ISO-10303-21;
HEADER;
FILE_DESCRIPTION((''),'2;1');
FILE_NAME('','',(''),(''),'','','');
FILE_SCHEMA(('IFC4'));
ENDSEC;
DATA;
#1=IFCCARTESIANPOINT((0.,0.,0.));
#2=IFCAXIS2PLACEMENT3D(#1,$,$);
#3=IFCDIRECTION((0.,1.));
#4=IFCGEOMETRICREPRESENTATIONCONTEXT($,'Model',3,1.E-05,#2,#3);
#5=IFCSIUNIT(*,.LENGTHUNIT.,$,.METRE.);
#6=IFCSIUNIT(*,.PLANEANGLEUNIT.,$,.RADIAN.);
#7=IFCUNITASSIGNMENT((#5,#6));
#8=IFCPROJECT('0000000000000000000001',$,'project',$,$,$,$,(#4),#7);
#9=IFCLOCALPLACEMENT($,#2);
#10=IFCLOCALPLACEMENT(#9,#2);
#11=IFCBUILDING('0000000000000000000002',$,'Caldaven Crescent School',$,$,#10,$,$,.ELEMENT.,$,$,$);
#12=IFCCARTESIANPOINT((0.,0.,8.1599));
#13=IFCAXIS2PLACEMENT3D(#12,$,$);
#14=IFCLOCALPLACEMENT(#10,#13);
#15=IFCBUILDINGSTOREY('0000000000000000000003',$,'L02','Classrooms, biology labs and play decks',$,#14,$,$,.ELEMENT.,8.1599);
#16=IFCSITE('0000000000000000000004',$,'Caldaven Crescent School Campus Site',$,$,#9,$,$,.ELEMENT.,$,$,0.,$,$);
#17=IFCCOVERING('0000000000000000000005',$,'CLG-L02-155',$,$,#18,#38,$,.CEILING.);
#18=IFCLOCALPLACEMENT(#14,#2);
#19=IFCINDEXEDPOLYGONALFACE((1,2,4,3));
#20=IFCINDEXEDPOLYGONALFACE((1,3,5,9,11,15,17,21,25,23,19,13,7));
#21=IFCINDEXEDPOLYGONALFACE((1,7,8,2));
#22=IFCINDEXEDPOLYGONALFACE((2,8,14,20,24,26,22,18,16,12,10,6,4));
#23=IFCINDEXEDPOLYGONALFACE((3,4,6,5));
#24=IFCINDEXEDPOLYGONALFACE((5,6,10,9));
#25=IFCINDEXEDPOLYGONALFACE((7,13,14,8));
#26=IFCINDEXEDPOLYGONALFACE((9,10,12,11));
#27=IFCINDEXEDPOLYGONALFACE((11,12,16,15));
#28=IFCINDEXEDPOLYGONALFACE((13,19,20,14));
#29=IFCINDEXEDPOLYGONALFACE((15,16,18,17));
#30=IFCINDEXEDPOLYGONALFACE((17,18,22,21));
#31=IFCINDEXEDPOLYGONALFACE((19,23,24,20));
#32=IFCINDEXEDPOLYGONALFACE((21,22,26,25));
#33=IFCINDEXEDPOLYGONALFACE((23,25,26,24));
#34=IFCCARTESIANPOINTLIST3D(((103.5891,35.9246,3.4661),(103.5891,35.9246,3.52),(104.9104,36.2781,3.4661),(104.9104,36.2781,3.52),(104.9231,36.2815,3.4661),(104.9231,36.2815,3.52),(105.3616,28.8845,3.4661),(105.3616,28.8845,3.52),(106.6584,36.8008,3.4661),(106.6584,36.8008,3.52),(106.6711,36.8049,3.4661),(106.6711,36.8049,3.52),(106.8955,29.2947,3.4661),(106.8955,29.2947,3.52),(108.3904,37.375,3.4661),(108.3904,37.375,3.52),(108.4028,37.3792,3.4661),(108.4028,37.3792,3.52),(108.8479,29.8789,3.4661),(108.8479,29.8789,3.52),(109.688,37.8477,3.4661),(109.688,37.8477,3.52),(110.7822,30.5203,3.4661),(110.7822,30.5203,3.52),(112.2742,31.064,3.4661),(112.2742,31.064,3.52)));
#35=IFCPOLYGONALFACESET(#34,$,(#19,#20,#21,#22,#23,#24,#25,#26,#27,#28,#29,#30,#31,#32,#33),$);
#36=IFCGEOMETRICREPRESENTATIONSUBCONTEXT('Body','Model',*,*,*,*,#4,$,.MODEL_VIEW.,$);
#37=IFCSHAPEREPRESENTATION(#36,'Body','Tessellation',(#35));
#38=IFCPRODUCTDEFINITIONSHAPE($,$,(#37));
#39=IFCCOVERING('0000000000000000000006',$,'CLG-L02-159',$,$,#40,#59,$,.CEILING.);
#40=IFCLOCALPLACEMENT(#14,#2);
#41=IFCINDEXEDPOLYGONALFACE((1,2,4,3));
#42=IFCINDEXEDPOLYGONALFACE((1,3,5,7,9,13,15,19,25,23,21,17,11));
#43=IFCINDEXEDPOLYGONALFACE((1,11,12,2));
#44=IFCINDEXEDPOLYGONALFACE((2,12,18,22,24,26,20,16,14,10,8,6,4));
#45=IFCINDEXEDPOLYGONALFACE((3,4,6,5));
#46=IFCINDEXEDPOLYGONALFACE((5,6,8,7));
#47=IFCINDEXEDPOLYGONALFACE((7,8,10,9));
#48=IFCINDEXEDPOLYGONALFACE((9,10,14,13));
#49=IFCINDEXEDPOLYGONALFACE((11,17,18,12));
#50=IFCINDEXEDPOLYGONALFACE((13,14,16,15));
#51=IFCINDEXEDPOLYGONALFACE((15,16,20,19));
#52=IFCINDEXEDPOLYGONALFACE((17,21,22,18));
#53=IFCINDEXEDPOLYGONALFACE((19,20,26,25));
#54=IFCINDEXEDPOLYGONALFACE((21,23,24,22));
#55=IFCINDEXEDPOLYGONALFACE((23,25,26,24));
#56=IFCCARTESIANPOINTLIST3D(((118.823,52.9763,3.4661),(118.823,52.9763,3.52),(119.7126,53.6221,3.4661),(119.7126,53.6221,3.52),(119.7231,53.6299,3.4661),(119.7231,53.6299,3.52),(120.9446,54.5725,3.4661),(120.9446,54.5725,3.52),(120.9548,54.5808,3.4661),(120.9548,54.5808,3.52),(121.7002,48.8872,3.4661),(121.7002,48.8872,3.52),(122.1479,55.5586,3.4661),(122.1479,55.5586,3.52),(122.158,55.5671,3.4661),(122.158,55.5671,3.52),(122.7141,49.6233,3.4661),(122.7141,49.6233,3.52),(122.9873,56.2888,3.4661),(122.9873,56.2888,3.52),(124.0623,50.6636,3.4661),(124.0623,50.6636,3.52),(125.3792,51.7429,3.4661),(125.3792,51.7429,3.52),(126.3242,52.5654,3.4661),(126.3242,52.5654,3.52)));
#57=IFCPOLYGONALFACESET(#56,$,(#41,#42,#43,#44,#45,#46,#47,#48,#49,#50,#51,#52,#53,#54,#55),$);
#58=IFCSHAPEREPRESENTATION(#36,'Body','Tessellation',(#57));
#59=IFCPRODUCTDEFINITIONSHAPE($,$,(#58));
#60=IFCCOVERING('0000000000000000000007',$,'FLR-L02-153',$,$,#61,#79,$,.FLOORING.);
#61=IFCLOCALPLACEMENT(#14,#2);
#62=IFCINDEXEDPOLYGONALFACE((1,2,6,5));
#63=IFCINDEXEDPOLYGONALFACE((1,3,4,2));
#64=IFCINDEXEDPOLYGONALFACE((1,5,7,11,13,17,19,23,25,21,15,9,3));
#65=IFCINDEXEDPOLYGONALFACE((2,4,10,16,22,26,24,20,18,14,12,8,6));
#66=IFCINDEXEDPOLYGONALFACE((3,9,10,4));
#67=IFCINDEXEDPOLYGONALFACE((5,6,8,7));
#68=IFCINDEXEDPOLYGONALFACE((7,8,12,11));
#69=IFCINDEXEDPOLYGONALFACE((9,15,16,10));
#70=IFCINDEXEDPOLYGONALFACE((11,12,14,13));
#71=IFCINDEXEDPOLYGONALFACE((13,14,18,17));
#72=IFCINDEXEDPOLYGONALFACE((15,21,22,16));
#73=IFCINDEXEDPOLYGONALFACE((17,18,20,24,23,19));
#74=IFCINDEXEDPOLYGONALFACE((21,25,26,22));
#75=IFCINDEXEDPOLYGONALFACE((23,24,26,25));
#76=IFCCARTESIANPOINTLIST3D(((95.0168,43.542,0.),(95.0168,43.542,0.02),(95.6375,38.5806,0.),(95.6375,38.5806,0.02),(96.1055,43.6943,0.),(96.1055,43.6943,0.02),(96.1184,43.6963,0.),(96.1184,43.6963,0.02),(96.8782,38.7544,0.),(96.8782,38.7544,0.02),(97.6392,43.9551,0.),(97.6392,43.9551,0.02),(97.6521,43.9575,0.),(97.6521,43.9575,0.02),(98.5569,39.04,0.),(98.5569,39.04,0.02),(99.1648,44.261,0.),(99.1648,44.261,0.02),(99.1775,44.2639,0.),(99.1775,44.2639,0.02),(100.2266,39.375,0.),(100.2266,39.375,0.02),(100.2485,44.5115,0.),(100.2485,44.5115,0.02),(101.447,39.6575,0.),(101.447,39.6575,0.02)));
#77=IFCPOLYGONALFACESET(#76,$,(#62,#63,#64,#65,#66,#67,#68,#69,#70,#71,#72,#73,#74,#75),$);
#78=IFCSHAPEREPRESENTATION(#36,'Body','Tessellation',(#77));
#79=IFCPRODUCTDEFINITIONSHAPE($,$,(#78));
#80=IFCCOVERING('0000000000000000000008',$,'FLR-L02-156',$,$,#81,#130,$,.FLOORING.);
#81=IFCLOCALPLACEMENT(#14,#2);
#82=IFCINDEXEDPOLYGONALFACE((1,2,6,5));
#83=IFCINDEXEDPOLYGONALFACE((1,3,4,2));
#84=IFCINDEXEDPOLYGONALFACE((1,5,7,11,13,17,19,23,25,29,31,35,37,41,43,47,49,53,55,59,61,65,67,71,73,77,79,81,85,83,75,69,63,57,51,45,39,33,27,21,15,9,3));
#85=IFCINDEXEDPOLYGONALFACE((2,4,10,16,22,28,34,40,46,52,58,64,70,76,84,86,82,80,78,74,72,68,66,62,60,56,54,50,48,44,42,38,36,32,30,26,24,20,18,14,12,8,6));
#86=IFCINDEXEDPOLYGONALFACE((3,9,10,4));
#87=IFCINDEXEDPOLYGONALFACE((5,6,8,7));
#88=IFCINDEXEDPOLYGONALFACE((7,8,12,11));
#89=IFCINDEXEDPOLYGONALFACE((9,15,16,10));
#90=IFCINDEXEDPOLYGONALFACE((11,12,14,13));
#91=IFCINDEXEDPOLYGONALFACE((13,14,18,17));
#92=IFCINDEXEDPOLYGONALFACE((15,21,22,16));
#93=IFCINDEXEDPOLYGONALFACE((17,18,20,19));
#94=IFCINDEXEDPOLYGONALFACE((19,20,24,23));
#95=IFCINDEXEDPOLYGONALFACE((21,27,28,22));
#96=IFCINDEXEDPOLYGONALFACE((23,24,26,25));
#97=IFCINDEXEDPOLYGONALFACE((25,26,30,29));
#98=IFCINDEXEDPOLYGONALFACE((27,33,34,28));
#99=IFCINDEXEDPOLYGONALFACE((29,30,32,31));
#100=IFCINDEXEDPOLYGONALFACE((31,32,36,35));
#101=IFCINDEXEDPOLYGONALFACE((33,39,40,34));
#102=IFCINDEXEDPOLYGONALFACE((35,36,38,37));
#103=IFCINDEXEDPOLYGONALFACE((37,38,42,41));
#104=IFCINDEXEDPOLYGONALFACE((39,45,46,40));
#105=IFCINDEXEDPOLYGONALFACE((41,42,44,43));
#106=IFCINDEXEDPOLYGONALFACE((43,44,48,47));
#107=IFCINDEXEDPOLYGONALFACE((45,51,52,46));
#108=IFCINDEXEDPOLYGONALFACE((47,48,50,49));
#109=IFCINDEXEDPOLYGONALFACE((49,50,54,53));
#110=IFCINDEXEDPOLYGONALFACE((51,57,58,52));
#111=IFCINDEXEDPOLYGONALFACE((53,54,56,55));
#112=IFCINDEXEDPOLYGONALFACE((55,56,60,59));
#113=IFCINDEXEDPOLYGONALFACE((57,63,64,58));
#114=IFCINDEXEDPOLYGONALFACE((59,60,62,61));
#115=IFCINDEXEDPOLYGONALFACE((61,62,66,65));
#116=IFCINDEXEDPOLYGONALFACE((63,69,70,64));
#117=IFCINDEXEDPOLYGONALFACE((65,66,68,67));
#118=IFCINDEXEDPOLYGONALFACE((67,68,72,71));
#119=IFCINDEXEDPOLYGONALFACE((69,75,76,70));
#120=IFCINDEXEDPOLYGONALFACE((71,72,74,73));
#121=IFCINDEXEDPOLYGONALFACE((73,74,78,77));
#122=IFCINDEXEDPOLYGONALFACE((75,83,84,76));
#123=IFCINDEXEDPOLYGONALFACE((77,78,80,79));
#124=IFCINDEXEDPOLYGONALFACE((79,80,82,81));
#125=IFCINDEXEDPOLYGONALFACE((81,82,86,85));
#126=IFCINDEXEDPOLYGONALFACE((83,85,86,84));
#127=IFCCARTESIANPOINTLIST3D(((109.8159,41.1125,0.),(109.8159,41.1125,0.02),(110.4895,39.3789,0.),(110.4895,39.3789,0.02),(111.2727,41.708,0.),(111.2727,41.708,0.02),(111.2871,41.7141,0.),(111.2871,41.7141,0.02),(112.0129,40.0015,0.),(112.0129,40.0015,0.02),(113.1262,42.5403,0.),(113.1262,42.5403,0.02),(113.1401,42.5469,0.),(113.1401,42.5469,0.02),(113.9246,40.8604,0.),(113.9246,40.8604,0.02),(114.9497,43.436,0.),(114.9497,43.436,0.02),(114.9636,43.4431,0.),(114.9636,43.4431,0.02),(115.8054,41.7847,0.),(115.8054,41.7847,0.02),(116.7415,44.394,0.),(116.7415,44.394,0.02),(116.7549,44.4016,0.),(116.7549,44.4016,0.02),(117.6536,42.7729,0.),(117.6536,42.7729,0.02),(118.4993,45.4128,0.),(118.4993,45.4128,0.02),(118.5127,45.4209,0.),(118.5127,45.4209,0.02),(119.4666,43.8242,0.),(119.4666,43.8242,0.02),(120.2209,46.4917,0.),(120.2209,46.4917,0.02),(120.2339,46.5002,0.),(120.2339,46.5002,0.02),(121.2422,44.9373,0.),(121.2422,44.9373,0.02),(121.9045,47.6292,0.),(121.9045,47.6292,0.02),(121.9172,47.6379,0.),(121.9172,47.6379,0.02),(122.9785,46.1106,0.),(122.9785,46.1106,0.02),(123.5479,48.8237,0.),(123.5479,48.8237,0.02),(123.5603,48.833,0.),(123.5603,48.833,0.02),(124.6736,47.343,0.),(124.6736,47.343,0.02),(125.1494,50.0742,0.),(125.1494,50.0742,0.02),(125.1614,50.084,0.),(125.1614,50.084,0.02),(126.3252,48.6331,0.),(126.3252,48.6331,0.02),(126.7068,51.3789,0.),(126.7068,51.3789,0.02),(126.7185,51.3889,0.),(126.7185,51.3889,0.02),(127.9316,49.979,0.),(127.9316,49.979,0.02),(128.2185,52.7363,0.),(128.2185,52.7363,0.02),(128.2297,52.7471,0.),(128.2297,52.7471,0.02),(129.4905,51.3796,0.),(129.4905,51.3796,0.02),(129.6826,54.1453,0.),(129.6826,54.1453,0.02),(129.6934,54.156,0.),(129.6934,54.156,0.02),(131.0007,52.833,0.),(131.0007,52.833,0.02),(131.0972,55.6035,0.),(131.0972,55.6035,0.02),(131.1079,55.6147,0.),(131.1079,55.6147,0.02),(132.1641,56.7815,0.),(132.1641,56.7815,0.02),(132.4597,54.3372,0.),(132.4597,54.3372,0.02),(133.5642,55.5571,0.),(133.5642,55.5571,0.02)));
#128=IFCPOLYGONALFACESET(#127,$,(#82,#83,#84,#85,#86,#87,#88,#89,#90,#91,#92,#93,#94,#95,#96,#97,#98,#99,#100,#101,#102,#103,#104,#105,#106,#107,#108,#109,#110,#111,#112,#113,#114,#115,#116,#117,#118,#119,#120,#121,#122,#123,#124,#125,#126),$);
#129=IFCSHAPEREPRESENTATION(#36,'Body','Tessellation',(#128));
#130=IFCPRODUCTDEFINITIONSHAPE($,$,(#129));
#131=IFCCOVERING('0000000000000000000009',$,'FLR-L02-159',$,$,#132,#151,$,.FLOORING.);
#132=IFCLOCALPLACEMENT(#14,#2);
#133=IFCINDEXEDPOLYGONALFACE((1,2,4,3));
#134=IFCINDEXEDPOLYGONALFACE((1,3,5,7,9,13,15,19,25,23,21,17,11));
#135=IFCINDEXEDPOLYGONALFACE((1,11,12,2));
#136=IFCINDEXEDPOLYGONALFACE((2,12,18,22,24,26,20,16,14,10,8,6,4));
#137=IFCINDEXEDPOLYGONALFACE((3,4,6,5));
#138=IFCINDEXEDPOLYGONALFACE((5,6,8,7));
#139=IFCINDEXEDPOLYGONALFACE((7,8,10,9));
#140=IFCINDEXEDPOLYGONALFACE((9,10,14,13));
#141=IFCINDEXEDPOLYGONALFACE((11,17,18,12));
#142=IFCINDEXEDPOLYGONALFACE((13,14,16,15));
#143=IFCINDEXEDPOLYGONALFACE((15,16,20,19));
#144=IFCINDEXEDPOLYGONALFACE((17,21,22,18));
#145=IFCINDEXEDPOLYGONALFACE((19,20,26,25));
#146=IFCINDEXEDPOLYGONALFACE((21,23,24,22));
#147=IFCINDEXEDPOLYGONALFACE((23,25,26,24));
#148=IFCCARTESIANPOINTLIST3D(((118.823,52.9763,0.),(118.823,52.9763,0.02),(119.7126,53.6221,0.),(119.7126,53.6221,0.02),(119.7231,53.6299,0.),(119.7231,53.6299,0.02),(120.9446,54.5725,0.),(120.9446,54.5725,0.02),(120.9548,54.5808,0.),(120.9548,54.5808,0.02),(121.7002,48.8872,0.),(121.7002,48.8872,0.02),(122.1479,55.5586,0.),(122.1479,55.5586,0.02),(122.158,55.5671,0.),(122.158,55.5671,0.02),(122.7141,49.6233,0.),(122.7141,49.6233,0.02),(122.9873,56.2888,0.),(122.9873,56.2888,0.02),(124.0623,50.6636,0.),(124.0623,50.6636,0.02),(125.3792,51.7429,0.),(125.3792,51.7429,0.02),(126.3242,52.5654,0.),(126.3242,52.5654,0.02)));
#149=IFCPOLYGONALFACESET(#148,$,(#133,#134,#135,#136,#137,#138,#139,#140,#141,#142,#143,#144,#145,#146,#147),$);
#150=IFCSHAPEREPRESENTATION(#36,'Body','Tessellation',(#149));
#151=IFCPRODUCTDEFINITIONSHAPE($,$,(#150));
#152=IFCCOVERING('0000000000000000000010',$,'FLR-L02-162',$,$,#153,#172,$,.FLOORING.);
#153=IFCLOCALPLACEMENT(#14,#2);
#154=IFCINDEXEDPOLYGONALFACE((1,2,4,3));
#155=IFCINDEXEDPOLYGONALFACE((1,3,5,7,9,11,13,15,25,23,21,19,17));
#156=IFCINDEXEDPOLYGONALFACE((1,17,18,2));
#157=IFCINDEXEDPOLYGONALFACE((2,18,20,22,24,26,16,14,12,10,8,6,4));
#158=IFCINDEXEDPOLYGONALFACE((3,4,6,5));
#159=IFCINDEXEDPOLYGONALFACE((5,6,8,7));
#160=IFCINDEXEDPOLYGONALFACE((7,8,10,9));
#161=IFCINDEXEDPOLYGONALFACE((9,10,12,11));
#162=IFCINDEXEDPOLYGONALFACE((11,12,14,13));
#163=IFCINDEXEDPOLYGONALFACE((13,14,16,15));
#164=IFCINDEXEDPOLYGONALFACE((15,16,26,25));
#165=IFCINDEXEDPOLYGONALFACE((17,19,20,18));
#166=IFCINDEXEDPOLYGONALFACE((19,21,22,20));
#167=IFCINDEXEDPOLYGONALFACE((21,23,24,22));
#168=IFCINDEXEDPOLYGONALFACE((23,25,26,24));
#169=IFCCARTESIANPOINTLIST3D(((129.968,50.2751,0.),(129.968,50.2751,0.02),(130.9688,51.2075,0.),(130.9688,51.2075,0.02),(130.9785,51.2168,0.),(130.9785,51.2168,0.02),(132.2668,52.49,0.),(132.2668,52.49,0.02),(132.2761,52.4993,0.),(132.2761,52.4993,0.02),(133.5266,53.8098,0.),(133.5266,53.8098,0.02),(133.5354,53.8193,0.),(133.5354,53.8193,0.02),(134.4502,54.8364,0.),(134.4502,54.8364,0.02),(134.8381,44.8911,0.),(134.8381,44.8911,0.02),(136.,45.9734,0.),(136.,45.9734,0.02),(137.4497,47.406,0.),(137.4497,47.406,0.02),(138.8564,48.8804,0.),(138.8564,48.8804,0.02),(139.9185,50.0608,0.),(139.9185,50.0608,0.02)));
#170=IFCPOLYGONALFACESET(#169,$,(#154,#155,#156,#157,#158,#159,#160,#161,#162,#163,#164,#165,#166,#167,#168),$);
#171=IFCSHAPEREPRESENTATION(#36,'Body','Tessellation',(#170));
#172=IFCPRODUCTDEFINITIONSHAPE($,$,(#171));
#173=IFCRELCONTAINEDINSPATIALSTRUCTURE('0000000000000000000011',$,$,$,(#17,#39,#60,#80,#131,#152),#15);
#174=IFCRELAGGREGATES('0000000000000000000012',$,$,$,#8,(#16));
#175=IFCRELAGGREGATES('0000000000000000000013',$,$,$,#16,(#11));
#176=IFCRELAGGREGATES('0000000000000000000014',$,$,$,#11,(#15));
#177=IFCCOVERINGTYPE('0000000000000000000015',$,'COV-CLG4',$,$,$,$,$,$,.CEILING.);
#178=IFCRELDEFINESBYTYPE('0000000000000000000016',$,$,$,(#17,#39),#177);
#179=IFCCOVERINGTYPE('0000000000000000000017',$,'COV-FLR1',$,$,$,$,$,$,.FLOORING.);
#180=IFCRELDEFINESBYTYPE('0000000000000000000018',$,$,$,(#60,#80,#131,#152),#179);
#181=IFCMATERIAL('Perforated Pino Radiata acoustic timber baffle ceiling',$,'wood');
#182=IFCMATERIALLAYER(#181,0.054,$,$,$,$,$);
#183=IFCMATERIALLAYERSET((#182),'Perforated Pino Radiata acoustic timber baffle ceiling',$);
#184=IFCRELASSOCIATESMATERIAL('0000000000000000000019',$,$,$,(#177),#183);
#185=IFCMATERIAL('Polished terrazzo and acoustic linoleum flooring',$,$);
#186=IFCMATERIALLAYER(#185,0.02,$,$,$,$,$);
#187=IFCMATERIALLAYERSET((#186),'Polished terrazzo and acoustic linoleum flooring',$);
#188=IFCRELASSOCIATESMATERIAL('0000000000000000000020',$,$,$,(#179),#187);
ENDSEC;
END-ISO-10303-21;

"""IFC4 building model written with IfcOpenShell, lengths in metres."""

from ifc_helpers import new_model, si_unit, direction, frame, origin, place, context, subcontext, project, spatial, polyline, outline, extrude, material, layer, layer_set, type_object, element, save


model = new_model("IFC4")

# Units and contexts
model_context = context("Model", 3, precision=1e-05, world=origin(), true_north=direction((0.0, 1.0)))
body_context = subcontext(model_context, "Body", "Model", "MODEL_VIEW")
ifc_project = project(units=[si_unit("LENGTHUNIT", "METRE"), si_unit("PLANEANGLEUNIT", "RADIAN")], contexts=[model_context])

# Site, building, storey
site_placement = place(None, origin())
site = spatial("IfcSite", under=ifc_project, at=site_placement, Name="Caldaven Crescent School Campus Site", CompositionType="ELEMENT", RefElevation=0.0)
building_placement = place(site_placement, origin())
building = spatial("IfcBuilding", under=site, at=building_placement, Name="Caldaven Crescent School", CompositionType="ELEMENT")
storey_placement = place(building_placement, frame((0.0, 0.0, 8.1599)))
storey = spatial("IfcBuildingStorey", under=building, at=storey_placement, Name="L02", Description="Classrooms, biology labs and play decks", CompositionType="ELEMENT", Elevation=8.1599)

# Coverings
ifc_material_1 = material(Name="Perforated Pino Radiata acoustic timber baffle ceiling", Category="wood")
ifc_layer_1 = layer(ifc_material_1, 0.054)
ifc_layer_set_1 = layer_set([ifc_layer_1], Name="Perforated Pino Radiata acoustic timber baffle ceiling")
covering_type_1 = type_object("IfcCoveringType", Name="COV-CLG4", PredefinedType="CEILING", material=ifc_layer_set_1)
covering_1_placement = place(storey_placement, frame((0.0, 0.0, 3.4661)))
element("IfcCovering", 1, at=covering_1_placement, inside=storey, type_object=covering_type_1, Name="CLG-L02-155", PredefinedType="CEILING", context=body_context, shape_type="SweptSolid", body=[
    extrude(outline(polyline([(104.9104, 36.2781), (104.9231, 36.2815), (106.6584, 36.8008), (106.6711, 36.8049), (108.3904, 37.375), (108.4028, 37.3792), (109.688, 37.8477), (112.2742, 31.064), (110.7822, 30.5203), (108.8479, 29.8789), (106.8955, 29.2947), (105.3616, 28.8845), (103.5891, 35.9246), (104.9104, 36.2781)])), origin(), (0.0, 0.0, 1.0), 0.054),
])
covering_2_placement = place(storey_placement, frame((0.0, 0.0, 3.4661)))
element("IfcCovering", 2, at=covering_2_placement, inside=storey, type_object=covering_type_1, Name="CLG-L02-159", PredefinedType="CEILING", context=body_context, shape_type="SweptSolid", body=[
    extrude(outline(polyline([(119.7126, 53.6221), (119.7231, 53.6299), (120.9446, 54.5725), (120.9548, 54.5808), (122.1479, 55.5586), (122.158, 55.5671), (122.9873, 56.2888), (126.3242, 52.5654), (125.3792, 51.7429), (124.0623, 50.6636), (122.7141, 49.6233), (121.7002, 48.8872), (118.823, 52.9763), (119.7126, 53.6221)])), origin(), (0.0, 0.0, 1.0), 0.054),
])
ifc_material_2 = material(Name="Polished terrazzo and acoustic linoleum flooring")
ifc_layer_2 = layer(ifc_material_2, 0.02)
ifc_layer_set_2 = layer_set([ifc_layer_2], Name="Polished terrazzo and acoustic linoleum flooring")
covering_type_2 = type_object("IfcCoveringType", Name="COV-FLR1", PredefinedType="FLOORING", material=ifc_layer_set_2)
covering_3_placement = place(storey_placement, origin())
element("IfcCovering", 3, at=covering_3_placement, inside=storey, type_object=covering_type_2, Name="FLR-L02-153", PredefinedType="FLOORING", context=body_context, shape_type="SweptSolid", body=[
    extrude(outline(polyline([(95.0168, 43.542), (96.1055, 43.6943), (96.1184, 43.6963), (97.6392, 43.9551), (97.6521, 43.9575), (99.1648, 44.261), (99.1775, 44.2639), (100.2485, 44.5115), (101.447, 39.6575), (100.2266, 39.375), (98.5569, 39.04), (96.8782, 38.7544), (95.6375, 38.5806), (95.0168, 43.542)])), origin(), (0.0, 0.0, 1.0), 0.02),
])
covering_4_placement = place(storey_placement, origin())
element("IfcCovering", 4, at=covering_4_placement, inside=storey, type_object=covering_type_2, Name="FLR-L02-156", PredefinedType="FLOORING", context=body_context, shape_type="SweptSolid", body=[
    extrude(outline(polyline([(109.8159, 41.1125), (111.2727, 41.708), (111.2871, 41.7141), (113.1262, 42.5403), (113.1401, 42.5469), (114.9497, 43.436), (114.9636, 43.4431), (116.7415, 44.394), (116.7549, 44.4016), (118.4993, 45.4128), (118.5127, 45.4209), (120.2209, 46.4917), (120.2339, 46.5002), (121.9045, 47.6292), (121.9172, 47.6379), (123.5479, 48.8237), (123.5603, 48.833), (125.1494, 50.0742), (125.1614, 50.084), (126.7068, 51.3789), (126.7185, 51.3889), (128.2185, 52.7363), (128.2297, 52.7471), (129.6826, 54.1453), (129.6934, 54.156), (131.0972, 55.6035), (131.1079, 55.6147), (132.1641, 56.7815), (133.5642, 55.5571), (132.4597, 54.3372), (131.0007, 52.833), (129.4905, 51.3796), (127.9316, 49.979), (126.3252, 48.6331), (124.6736, 47.343), (122.9785, 46.1106), (121.2422, 44.9373), (119.4666, 43.8242), (117.6536, 42.7729), (115.8054, 41.7847), (113.9246, 40.8604), (112.0129, 40.0015), (110.4895, 39.3789), (109.8159, 41.1125)])), origin(), (0.0, 0.0, 1.0), 0.02),
])
covering_5_placement = place(storey_placement, origin())
element("IfcCovering", 5, at=covering_5_placement, inside=storey, type_object=covering_type_2, Name="FLR-L02-159", PredefinedType="FLOORING", context=body_context, shape_type="SweptSolid", body=[
    extrude(outline(polyline([(118.823, 52.9763), (119.7126, 53.6221), (119.7231, 53.6299), (120.9446, 54.5725), (120.9548, 54.5808), (122.1479, 55.5586), (122.158, 55.5671), (122.9873, 56.2888), (126.3242, 52.5654), (125.3792, 51.7429), (124.0623, 50.6636), (122.7141, 49.6233), (121.7002, 48.8872), (118.823, 52.9763)])), origin(), (0.0, 0.0, 1.0), 0.02),
])
covering_6_placement = place(storey_placement, origin())
element("IfcCovering", 6, at=covering_6_placement, inside=storey, type_object=covering_type_2, Name="FLR-L02-162", PredefinedType="FLOORING", context=body_context, shape_type="SweptSolid", body=[
    extrude(outline(polyline([(129.968, 50.2751), (130.9688, 51.2075), (130.9785, 51.2168), (132.2668, 52.49), (132.2761, 52.4993), (133.5266, 53.8098), (133.5354, 53.8193), (134.4502, 54.8364), (139.9185, 50.0608), (138.8564, 48.8804), (137.4497, 47.406), (136.0, 45.9734), (134.8381, 44.8911), (129.968, 50.2751)])), origin(), (0.0, 0.0, 1.0), 0.02),
])

save(model, "model.ifc")
